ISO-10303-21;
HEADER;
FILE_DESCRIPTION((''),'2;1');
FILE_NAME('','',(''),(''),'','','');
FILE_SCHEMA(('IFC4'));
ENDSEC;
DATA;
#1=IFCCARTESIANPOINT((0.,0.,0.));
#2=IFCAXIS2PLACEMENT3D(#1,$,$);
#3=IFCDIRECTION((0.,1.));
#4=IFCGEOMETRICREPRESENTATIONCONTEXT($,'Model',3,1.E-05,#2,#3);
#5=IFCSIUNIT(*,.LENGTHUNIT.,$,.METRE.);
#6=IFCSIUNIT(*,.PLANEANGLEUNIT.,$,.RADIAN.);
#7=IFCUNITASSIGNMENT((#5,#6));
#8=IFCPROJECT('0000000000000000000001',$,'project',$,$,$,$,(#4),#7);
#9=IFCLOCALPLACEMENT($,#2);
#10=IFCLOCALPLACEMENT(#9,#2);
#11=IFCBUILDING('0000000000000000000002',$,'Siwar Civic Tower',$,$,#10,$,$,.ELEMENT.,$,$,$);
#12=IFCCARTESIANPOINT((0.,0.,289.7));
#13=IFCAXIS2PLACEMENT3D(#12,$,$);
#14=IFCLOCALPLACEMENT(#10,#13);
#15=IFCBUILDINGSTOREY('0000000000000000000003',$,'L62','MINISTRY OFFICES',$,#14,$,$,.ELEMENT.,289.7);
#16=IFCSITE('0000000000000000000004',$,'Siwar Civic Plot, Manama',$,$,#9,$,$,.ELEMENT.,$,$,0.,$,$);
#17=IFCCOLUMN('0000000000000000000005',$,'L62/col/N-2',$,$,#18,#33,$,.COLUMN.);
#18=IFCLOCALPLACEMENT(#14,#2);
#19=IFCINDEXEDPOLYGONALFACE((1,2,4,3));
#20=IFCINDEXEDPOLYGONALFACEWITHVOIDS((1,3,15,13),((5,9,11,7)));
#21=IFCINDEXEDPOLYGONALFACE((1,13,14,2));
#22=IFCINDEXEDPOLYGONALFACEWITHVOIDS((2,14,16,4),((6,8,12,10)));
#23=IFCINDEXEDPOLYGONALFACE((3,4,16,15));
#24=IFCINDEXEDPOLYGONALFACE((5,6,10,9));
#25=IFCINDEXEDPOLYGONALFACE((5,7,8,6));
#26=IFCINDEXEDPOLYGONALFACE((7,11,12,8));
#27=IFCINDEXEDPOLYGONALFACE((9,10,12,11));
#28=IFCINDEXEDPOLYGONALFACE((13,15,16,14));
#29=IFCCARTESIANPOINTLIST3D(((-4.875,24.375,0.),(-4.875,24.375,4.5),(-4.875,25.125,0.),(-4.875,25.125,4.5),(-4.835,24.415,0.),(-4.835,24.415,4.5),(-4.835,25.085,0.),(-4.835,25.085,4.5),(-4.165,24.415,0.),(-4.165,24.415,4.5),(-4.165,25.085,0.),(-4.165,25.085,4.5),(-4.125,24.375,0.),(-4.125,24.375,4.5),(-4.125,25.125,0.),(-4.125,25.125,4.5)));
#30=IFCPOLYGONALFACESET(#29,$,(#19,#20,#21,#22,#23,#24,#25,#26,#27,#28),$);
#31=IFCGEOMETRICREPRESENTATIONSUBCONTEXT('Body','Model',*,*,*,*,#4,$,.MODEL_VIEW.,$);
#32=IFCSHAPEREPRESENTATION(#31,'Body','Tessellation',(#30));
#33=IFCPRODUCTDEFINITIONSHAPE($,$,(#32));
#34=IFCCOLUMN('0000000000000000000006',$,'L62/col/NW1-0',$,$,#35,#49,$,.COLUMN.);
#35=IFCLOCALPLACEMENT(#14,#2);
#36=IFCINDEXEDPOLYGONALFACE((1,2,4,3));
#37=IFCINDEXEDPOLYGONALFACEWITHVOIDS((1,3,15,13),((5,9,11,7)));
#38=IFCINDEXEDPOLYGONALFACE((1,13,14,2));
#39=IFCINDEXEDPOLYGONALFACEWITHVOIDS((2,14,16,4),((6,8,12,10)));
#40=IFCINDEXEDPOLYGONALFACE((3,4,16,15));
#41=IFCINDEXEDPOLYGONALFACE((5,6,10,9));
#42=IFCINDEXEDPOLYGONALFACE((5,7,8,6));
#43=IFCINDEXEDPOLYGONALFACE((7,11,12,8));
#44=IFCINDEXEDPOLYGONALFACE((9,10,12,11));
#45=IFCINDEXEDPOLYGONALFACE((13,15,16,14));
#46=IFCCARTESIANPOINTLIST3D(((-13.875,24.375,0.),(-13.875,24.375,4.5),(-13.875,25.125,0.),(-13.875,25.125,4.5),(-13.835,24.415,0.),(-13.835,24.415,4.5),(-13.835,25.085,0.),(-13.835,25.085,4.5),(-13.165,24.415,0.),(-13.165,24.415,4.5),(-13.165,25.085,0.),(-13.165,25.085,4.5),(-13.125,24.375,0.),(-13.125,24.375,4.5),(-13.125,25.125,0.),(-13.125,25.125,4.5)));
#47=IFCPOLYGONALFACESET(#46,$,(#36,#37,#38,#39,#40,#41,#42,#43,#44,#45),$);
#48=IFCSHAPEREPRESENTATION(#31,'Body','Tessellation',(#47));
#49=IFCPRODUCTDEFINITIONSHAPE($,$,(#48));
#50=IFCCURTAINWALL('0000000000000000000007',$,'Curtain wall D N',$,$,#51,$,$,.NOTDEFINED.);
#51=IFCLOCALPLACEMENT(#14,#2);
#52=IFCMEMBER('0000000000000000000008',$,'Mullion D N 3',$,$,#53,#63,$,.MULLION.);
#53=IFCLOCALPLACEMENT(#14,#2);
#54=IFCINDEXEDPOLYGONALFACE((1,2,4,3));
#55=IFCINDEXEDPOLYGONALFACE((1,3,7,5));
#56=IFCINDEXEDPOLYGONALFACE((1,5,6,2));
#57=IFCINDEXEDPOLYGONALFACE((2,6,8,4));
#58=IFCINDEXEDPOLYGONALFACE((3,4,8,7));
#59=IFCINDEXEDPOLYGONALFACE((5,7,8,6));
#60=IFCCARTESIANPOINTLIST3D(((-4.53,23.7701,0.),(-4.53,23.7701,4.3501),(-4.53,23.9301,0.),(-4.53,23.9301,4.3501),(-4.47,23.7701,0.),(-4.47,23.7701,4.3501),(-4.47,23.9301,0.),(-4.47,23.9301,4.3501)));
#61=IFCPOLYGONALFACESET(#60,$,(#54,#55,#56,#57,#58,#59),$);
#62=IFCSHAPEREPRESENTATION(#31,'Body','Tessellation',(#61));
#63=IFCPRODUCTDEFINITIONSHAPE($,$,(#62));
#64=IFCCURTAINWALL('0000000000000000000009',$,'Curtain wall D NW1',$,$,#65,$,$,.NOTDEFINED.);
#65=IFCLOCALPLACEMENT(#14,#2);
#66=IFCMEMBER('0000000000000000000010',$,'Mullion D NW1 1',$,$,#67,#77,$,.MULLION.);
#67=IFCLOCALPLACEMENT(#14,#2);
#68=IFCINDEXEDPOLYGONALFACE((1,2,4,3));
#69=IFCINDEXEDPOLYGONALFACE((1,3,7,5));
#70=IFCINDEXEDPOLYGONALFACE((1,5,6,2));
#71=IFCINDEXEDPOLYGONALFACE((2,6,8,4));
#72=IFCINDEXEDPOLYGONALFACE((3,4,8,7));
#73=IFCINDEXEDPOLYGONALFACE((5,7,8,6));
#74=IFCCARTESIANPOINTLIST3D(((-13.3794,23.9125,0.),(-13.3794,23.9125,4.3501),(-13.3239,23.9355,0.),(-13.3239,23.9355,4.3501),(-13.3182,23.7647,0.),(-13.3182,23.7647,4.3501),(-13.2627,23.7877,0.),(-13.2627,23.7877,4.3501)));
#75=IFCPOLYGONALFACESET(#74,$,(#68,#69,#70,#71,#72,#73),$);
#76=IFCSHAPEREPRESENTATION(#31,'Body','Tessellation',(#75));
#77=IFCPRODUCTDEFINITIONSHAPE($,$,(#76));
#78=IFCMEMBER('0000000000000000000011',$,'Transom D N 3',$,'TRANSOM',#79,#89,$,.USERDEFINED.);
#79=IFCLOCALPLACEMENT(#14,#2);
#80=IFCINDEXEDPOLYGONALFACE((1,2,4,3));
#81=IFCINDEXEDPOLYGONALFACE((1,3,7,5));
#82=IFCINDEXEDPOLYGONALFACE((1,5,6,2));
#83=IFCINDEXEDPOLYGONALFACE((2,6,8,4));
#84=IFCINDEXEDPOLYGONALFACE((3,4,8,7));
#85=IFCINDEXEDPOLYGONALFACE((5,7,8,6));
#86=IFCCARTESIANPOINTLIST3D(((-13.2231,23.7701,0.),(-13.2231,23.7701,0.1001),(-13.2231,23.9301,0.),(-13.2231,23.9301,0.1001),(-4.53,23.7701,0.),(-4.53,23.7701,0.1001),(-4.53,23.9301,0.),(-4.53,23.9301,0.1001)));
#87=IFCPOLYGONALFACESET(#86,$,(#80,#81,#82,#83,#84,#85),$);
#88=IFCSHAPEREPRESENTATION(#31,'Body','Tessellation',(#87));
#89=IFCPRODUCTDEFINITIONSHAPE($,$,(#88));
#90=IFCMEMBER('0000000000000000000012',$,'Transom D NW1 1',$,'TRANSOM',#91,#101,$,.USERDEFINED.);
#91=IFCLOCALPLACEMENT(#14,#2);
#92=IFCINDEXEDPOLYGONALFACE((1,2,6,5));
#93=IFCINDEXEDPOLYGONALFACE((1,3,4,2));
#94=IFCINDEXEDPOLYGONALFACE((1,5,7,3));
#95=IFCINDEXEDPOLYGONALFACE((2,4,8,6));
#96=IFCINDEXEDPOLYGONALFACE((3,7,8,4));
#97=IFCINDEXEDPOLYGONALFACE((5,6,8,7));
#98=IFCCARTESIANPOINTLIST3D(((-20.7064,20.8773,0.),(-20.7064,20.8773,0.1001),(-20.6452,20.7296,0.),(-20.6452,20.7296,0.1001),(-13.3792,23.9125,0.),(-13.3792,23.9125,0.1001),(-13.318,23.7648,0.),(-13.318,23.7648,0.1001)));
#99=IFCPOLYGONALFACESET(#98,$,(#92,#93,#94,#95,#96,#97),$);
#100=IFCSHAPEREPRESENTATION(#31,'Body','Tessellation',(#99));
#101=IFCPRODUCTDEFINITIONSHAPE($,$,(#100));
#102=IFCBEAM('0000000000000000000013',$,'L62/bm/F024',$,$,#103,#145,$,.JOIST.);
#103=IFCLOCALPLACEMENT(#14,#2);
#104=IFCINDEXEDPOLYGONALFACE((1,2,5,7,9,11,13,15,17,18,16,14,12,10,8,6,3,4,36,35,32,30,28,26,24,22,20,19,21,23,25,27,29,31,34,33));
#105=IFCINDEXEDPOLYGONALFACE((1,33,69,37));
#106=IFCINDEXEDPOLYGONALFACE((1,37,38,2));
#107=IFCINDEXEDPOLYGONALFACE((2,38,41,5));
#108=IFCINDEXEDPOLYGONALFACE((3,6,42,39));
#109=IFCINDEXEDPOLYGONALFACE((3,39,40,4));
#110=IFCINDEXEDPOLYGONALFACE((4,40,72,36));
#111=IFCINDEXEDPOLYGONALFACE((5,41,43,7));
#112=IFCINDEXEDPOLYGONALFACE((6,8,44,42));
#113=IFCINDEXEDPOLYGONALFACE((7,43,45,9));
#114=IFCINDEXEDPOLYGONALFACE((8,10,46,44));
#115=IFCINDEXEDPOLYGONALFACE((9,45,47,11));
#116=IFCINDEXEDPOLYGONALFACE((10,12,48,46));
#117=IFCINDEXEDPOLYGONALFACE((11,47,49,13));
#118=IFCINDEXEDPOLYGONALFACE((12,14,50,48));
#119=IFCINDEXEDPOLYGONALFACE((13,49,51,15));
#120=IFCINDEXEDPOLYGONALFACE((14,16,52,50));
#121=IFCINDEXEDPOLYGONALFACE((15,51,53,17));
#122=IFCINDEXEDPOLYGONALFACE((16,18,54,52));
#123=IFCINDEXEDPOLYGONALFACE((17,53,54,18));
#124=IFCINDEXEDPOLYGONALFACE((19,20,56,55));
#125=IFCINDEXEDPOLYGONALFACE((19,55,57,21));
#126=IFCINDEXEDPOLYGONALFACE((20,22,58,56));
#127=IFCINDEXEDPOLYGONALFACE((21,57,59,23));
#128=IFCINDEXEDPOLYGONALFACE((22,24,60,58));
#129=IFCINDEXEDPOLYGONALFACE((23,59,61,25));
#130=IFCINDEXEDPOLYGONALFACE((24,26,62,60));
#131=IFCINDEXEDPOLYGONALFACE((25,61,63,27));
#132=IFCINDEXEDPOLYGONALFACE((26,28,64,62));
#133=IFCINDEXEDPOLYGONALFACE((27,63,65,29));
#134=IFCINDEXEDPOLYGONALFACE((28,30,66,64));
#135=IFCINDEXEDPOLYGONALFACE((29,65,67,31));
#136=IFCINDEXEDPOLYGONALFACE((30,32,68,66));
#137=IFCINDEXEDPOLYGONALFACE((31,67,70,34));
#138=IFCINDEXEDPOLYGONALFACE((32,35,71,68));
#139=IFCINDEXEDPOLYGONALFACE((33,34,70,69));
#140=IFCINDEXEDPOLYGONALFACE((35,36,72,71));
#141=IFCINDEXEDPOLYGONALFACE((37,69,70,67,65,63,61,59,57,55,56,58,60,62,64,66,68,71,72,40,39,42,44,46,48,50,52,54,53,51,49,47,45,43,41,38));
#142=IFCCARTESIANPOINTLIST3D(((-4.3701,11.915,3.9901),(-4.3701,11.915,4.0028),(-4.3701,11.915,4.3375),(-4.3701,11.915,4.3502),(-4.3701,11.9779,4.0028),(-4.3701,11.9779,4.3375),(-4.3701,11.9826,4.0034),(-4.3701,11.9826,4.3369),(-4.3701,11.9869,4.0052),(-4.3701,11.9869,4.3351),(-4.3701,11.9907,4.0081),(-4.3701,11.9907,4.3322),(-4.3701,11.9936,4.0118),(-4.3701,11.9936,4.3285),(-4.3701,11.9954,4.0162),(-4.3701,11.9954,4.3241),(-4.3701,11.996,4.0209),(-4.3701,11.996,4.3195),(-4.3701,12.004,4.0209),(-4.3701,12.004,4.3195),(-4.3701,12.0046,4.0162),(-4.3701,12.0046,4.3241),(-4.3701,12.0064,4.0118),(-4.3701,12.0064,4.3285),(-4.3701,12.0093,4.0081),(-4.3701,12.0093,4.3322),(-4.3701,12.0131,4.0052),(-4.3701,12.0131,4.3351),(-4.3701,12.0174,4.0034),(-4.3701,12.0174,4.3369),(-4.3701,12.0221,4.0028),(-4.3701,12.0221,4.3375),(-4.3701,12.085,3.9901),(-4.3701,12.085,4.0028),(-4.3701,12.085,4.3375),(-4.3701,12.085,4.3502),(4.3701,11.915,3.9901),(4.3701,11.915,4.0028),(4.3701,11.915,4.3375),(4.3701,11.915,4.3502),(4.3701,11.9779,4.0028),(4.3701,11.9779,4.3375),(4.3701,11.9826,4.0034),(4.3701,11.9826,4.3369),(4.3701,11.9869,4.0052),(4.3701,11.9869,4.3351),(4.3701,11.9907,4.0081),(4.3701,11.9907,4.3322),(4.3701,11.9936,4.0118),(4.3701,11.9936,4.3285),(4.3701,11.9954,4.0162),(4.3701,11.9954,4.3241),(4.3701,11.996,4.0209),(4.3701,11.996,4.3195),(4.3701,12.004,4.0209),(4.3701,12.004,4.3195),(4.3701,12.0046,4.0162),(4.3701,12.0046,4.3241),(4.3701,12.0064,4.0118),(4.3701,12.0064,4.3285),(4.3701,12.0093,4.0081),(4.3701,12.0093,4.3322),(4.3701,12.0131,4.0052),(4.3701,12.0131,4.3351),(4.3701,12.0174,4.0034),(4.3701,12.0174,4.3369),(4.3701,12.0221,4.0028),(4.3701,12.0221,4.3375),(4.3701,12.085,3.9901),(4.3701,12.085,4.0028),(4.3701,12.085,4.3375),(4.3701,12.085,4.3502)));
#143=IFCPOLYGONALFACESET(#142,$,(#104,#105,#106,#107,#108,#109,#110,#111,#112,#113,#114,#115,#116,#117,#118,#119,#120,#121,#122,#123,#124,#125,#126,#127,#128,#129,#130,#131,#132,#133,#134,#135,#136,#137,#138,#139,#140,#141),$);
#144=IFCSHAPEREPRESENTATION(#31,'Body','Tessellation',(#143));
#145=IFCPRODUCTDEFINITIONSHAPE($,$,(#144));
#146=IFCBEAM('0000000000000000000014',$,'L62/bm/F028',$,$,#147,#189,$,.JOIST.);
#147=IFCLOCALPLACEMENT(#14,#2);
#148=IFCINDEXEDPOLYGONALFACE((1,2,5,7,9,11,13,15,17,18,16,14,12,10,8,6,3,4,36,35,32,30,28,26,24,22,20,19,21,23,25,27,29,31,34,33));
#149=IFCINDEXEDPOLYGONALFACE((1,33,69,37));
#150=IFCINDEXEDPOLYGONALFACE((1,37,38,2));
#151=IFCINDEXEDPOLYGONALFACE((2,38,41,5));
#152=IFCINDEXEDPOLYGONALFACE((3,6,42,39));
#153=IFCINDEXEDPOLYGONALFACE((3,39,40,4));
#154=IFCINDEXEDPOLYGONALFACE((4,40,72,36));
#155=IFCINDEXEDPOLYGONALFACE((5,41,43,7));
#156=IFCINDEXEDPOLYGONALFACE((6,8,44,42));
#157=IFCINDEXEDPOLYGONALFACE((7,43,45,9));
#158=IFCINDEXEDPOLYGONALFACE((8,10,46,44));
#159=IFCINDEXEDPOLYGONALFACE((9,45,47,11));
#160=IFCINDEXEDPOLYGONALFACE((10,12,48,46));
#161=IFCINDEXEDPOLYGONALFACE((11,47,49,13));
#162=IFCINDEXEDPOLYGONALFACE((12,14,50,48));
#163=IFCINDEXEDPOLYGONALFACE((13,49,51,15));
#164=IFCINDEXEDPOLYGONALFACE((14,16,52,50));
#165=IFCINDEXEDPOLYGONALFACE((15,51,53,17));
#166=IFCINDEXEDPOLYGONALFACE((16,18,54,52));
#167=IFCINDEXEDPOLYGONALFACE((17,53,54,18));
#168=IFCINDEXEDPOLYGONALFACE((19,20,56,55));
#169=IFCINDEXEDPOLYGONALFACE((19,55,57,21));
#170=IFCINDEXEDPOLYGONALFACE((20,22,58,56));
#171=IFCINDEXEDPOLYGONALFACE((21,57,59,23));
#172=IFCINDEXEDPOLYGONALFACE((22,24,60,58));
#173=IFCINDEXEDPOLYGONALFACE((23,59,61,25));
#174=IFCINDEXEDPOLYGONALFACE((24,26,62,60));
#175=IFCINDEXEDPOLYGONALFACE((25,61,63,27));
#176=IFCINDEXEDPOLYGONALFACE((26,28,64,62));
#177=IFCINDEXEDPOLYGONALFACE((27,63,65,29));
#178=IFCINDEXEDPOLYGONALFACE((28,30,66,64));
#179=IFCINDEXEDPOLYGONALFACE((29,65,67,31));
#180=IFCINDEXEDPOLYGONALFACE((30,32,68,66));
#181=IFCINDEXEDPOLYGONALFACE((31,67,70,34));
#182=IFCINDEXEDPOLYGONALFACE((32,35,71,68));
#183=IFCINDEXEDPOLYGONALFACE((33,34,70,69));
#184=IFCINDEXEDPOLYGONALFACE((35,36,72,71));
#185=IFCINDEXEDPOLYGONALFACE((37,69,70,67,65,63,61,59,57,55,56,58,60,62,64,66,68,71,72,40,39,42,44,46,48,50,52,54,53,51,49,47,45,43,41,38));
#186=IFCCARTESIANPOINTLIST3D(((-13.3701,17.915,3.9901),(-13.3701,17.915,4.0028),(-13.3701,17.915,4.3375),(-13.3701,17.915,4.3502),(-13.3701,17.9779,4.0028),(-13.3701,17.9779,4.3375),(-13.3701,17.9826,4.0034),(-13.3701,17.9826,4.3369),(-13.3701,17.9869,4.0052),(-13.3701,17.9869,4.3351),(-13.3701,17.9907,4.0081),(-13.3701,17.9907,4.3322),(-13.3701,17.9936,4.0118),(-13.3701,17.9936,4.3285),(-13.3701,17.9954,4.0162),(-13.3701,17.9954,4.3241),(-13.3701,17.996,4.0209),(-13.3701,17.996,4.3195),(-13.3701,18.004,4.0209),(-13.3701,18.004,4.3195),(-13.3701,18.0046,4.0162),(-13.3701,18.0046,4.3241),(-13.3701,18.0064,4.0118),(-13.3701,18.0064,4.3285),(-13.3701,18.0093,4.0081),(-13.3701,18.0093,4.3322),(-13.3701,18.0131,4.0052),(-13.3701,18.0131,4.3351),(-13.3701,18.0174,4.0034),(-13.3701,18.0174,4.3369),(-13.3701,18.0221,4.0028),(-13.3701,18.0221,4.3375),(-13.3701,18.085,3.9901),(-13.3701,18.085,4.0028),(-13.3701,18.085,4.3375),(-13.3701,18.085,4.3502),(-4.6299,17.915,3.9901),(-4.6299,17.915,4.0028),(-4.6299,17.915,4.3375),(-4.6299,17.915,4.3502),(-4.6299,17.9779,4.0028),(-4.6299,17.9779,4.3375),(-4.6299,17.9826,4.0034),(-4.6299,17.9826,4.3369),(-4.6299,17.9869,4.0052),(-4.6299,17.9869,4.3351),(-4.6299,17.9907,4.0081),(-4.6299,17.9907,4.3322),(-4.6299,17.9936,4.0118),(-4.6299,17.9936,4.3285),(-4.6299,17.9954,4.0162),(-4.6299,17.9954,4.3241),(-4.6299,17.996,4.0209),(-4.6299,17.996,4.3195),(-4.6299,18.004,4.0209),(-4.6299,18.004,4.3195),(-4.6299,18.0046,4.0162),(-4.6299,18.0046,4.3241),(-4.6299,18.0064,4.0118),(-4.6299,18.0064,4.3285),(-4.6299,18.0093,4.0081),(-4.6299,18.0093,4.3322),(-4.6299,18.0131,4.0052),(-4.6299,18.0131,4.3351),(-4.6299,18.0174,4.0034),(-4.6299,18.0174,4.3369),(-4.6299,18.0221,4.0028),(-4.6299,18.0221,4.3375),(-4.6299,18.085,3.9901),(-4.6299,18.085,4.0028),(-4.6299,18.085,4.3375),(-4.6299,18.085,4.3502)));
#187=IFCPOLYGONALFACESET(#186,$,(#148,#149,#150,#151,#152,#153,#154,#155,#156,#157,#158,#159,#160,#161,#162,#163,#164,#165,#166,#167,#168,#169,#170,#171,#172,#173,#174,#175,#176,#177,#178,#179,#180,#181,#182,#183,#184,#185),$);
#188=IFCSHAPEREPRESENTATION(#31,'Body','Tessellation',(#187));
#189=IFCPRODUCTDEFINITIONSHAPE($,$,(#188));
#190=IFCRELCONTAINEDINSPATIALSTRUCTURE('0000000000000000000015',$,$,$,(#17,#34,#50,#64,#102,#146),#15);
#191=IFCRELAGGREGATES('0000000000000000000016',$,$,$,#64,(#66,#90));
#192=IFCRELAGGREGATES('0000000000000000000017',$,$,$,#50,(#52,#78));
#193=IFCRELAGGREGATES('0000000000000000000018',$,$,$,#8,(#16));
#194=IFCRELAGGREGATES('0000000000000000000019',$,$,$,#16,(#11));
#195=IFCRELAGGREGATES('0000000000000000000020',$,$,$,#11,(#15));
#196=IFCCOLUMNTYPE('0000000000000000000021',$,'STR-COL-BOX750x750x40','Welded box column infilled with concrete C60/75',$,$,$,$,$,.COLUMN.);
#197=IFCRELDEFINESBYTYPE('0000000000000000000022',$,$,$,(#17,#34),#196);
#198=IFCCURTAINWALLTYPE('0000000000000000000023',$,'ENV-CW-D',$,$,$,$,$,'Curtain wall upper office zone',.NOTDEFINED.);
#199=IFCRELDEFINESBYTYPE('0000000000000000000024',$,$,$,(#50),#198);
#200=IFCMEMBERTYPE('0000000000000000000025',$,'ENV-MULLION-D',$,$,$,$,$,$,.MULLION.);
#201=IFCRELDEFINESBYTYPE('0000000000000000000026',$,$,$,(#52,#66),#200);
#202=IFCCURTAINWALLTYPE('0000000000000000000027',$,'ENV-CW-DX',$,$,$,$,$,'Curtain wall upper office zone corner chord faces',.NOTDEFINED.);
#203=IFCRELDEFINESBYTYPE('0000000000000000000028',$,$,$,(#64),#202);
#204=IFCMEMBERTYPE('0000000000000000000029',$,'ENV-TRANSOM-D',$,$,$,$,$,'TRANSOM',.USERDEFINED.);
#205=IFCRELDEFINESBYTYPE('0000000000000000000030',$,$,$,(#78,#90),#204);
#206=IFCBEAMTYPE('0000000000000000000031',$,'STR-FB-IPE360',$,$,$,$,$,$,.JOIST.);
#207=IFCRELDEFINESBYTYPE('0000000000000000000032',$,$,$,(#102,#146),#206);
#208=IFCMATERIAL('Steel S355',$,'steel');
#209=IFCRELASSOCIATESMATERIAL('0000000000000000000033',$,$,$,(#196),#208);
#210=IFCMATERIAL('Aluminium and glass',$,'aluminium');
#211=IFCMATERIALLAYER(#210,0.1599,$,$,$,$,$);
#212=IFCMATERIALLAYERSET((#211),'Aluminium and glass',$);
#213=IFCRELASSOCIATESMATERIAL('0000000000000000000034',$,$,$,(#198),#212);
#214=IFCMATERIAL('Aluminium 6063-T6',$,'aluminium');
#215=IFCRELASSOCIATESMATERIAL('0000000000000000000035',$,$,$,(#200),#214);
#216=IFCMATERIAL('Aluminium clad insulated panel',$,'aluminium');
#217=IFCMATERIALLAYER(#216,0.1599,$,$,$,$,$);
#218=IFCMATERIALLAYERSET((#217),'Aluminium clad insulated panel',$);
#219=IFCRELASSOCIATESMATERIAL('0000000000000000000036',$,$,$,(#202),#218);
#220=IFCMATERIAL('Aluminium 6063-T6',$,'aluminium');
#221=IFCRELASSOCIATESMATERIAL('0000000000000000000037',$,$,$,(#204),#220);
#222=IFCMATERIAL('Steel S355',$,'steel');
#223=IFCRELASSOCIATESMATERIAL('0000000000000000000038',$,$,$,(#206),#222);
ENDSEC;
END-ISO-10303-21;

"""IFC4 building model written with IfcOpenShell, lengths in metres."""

from ifc_helpers import new_model, si_unit, direction, frame, origin, origin_2d, place, context, subcontext, project, spatial, rectangle, hollow_rectangle, i_section, extrude, material, layer, layer_set, material_profile, profile_set, type_object, element, aggregate, save


model = new_model("IFC4")

# Units and contexts
model_context = context("Model", 3, precision=1e-05, world=origin(), true_north=direction((0.0, 1.0)))
body_context = subcontext(model_context, "Body", "Model", "MODEL_VIEW")
ifc_project = project(units=[si_unit("LENGTHUNIT", "METRE"), si_unit("PLANEANGLEUNIT", "RADIAN")], contexts=[model_context])

# Site, building, storey
site_placement = place(None, origin())
site = spatial("IfcSite", under=ifc_project, at=site_placement, Name="Siwar Civic Plot, Manama", CompositionType="ELEMENT", RefElevation=0.0)
building_placement = place(site_placement, origin())
building = spatial("IfcBuilding", under=site, at=building_placement, Name="Siwar Civic Tower", CompositionType="ELEMENT")
storey_placement = place(building_placement, frame((0.0, 0.0, 289.7)))
storey = spatial("IfcBuildingStorey", under=building, at=storey_placement, Name="L62", Description="MINISTRY OFFICES", CompositionType="ELEMENT", Elevation=289.7)

# Columns
ifc_material_1 = material(Name="Steel S355", Category="steel")
ifc_material_profile_1 = material_profile(ifc_material_1, hollow_rectangle(XDim=0.75, YDim=0.75, WallThickness=0.04, at=origin_2d()), Name="BOX750x750x40")
ifc_profile_set_1 = profile_set([ifc_material_profile_1], Name="Steel S355")
column_type = type_object("IfcColumnType", Name="STR-COL-BOX750x750x40", Description="Welded box column infilled with concrete C60/75", PredefinedType="COLUMN", material=ifc_profile_set_1)
for number, where, z_axis, x_axis, name in (
    (1, (-4.5, 24.75, 0.0), (0.0, 0.0, 1.0), (1.0, 0.0, 0.0), "L62/col/N-2"),
    (2, (-13.5, 24.75, 0.0), (0.0, 0.0, 1.0), (1.0, 0.0, 0.0), "L62/col/NW1-0"),
):
    element("IfcColumn", number, at=place(storey_placement, frame(where, z_axis=z_axis, x_axis=x_axis)), inside=storey, type_object=column_type, Name=name, PredefinedType="COLUMN", context=body_context, shape_type="SweptSolid", body=[
        extrude(hollow_rectangle(XDim=0.75, YDim=0.75, WallThickness=0.04, at=origin_2d()), origin(), (0.0, 0.0, 1.0), 4.5),
    ])

# Curtain walls, members
ifc_material_2 = material(Name="Aluminium and glass", Category="aluminium")
ifc_layer_1 = layer(ifc_material_2, 0.1599)
ifc_layer_set_1 = layer_set([ifc_layer_1], Name="Aluminium and glass")
curtain_wall_type_1 = type_object("IfcCurtainWallType", Name="ENV-CW-D", ElementType="Curtain wall upper office zone", PredefinedType="NOTDEFINED", material=ifc_layer_set_1)
curtain_wall_1_placement = place(storey_placement, origin())
curtain_wall_1 = element("IfcCurtainWall", 3, at=curtain_wall_1_placement, inside=storey, type_object=curtain_wall_type_1, Name="Curtain wall D N", PredefinedType="NOTDEFINED")
ifc_material_3 = material(Name="Aluminium 6063-T6", Category="aluminium")
ifc_material_profile_2 = material_profile(ifc_material_3, rectangle(XDim=0.1599, YDim=0.0601, at=origin_2d()), Name="AL 160x60")
ifc_profile_set_2 = profile_set([ifc_material_profile_2], Name="Aluminium 6063-T6")
member_type_1 = type_object("IfcMemberType", Name="ENV-MULLION-D", PredefinedType="MULLION", material=ifc_profile_set_2)
member_1_placement = place(storey_placement, frame((-4.5, 23.8501, 0.0), z_axis=(0.0, 0.0, 1.0), x_axis=(0.0, -1.0, 0.0)))
member_1 = element("IfcMember", 4, at=member_1_placement, type_object=member_type_1, Name="Mullion D N 3", PredefinedType="MULLION", context=body_context, shape_type="SweptSolid", body=[
    extrude(rectangle(XDim=0.1599, YDim=0.0601, at=origin_2d()), origin(), (0.0, 0.0, 1.0), 4.3501),
])
ifc_material_4 = material(Name="Aluminium clad insulated panel", Category="aluminium")
ifc_layer_2 = layer(ifc_material_4, 0.1599)
ifc_layer_set_2 = layer_set([ifc_layer_2], Name="Aluminium clad insulated panel")
curtain_wall_type_2 = type_object("IfcCurtainWallType", Name="ENV-CW-DX", ElementType="Curtain wall upper office zone corner chord faces", PredefinedType="NOTDEFINED", material=ifc_layer_set_2)
curtain_wall_2_placement = place(storey_placement, origin())
curtain_wall_2 = element("IfcCurtainWall", 5, at=curtain_wall_2_placement, inside=storey, type_object=curtain_wall_type_2, Name="Curtain wall D NW1", PredefinedType="NOTDEFINED")
member_2_placement = place(storey_placement, frame((-13.321, 23.8501, 0.0), z_axis=(0.0, 0.0, 1.0), x_axis=(0.382683, -0.92388, 0.0)))
member_2 = element("IfcMember", 6, at=member_2_placement, type_object=member_type_1, Name="Mullion D NW1 1", PredefinedType="MULLION", context=body_context, shape_type="SweptSolid", body=[
    extrude(rectangle(XDim=0.1599, YDim=0.0601, at=origin_2d()), origin(), (0.0, 0.0, 1.0), 4.3501),
])

# Members
ifc_material_5 = material(Name="Aluminium 6063-T6", Category="aluminium")
ifc_material_profile_3 = material_profile(ifc_material_5, rectangle(XDim=0.1599, YDim=0.1001, at=origin_2d()), Name="AL 160x100")
ifc_profile_set_3 = profile_set([ifc_material_profile_3], Name="Aluminium 6063-T6")
member_type_2 = type_object("IfcMemberType", Name="ENV-TRANSOM-D", ElementType="TRANSOM", PredefinedType="USERDEFINED", material=ifc_profile_set_3)
member_3_placement = place(storey_placement, frame((-4.53, 23.8501, 0.05), z_axis=(-1.0, 0.0, 0.0), x_axis=(0.0, -1.0, 0.0)))
member_3 = element("IfcMember", 7, at=member_3_placement, type_object=member_type_2, Name="Transom D N 3", ObjectType="TRANSOM", PredefinedType="USERDEFINED", context=body_context, shape_type="SweptSolid", body=[
    extrude(rectangle(XDim=0.1599, YDim=0.1001, at=origin_2d()), origin(), (0.0, 0.0, 1.0), 8.6931),
])
member_4_placement = place(storey_placement, frame((-13.3486, 23.8386, 0.05), z_axis=(-0.923873, -0.3827, 0.0), x_axis=(0.3827, -0.923873, 0.0)))
member_4 = element("IfcMember", 8, at=member_4_placement, type_object=member_type_2, Name="Transom D NW1 1", ObjectType="TRANSOM", PredefinedType="USERDEFINED", context=body_context, shape_type="SweptSolid", body=[
    extrude(rectangle(XDim=0.1599, YDim=0.1001, at=origin_2d()), origin(), (0.0, 0.0, 1.0), 7.9309),
])
aggregate(curtain_wall_2, [member_2, member_4])

# Beams
ifc_material_6 = material(Name="Steel S355", Category="steel")
ifc_material_profile_4 = material_profile(ifc_material_6, i_section(OverallWidth=0.1699, OverallDepth=0.3601, WebThickness=0.0081, FlangeThickness=0.0127, FilletRadius=0.0181, at=origin_2d()), Name="IPE360")
ifc_profile_set_4 = profile_set([ifc_material_profile_4], Name="Steel S355")
beam_type_1 = type_object("IfcBeamType", Name="STR-FB-IPE360", PredefinedType="JOIST", material=ifc_profile_set_4)
for number, where, z_axis, x_axis, name in (
    (9, (-4.3701, 12.0, 4.1702), (1.0, 0.0, 0.0), (0.0, 1.0, 0.0), "L62/bm/F024"),
    (10, (-13.3701, 18.0, 4.1702), (1.0, 0.0, 0.0), (0.0, 1.0, 0.0), "L62/bm/F028"),
):
    element("IfcBeam", number, at=place(storey_placement, frame(where, z_axis=z_axis, x_axis=x_axis)), inside=storey, type_object=beam_type_1, Name=name, PredefinedType="JOIST", context=body_context, shape_type="SweptSolid", body=[
        extrude(i_section(OverallWidth=0.1699, OverallDepth=0.3601, WebThickness=0.0081, FlangeThickness=0.0127, FilletRadius=0.0181, at=origin_2d()), origin(), (0.0, 0.0, 1.0), 8.7402),
    ])

aggregate(curtain_wall_1, [member_1, member_3])

save(model, "model.ifc")
